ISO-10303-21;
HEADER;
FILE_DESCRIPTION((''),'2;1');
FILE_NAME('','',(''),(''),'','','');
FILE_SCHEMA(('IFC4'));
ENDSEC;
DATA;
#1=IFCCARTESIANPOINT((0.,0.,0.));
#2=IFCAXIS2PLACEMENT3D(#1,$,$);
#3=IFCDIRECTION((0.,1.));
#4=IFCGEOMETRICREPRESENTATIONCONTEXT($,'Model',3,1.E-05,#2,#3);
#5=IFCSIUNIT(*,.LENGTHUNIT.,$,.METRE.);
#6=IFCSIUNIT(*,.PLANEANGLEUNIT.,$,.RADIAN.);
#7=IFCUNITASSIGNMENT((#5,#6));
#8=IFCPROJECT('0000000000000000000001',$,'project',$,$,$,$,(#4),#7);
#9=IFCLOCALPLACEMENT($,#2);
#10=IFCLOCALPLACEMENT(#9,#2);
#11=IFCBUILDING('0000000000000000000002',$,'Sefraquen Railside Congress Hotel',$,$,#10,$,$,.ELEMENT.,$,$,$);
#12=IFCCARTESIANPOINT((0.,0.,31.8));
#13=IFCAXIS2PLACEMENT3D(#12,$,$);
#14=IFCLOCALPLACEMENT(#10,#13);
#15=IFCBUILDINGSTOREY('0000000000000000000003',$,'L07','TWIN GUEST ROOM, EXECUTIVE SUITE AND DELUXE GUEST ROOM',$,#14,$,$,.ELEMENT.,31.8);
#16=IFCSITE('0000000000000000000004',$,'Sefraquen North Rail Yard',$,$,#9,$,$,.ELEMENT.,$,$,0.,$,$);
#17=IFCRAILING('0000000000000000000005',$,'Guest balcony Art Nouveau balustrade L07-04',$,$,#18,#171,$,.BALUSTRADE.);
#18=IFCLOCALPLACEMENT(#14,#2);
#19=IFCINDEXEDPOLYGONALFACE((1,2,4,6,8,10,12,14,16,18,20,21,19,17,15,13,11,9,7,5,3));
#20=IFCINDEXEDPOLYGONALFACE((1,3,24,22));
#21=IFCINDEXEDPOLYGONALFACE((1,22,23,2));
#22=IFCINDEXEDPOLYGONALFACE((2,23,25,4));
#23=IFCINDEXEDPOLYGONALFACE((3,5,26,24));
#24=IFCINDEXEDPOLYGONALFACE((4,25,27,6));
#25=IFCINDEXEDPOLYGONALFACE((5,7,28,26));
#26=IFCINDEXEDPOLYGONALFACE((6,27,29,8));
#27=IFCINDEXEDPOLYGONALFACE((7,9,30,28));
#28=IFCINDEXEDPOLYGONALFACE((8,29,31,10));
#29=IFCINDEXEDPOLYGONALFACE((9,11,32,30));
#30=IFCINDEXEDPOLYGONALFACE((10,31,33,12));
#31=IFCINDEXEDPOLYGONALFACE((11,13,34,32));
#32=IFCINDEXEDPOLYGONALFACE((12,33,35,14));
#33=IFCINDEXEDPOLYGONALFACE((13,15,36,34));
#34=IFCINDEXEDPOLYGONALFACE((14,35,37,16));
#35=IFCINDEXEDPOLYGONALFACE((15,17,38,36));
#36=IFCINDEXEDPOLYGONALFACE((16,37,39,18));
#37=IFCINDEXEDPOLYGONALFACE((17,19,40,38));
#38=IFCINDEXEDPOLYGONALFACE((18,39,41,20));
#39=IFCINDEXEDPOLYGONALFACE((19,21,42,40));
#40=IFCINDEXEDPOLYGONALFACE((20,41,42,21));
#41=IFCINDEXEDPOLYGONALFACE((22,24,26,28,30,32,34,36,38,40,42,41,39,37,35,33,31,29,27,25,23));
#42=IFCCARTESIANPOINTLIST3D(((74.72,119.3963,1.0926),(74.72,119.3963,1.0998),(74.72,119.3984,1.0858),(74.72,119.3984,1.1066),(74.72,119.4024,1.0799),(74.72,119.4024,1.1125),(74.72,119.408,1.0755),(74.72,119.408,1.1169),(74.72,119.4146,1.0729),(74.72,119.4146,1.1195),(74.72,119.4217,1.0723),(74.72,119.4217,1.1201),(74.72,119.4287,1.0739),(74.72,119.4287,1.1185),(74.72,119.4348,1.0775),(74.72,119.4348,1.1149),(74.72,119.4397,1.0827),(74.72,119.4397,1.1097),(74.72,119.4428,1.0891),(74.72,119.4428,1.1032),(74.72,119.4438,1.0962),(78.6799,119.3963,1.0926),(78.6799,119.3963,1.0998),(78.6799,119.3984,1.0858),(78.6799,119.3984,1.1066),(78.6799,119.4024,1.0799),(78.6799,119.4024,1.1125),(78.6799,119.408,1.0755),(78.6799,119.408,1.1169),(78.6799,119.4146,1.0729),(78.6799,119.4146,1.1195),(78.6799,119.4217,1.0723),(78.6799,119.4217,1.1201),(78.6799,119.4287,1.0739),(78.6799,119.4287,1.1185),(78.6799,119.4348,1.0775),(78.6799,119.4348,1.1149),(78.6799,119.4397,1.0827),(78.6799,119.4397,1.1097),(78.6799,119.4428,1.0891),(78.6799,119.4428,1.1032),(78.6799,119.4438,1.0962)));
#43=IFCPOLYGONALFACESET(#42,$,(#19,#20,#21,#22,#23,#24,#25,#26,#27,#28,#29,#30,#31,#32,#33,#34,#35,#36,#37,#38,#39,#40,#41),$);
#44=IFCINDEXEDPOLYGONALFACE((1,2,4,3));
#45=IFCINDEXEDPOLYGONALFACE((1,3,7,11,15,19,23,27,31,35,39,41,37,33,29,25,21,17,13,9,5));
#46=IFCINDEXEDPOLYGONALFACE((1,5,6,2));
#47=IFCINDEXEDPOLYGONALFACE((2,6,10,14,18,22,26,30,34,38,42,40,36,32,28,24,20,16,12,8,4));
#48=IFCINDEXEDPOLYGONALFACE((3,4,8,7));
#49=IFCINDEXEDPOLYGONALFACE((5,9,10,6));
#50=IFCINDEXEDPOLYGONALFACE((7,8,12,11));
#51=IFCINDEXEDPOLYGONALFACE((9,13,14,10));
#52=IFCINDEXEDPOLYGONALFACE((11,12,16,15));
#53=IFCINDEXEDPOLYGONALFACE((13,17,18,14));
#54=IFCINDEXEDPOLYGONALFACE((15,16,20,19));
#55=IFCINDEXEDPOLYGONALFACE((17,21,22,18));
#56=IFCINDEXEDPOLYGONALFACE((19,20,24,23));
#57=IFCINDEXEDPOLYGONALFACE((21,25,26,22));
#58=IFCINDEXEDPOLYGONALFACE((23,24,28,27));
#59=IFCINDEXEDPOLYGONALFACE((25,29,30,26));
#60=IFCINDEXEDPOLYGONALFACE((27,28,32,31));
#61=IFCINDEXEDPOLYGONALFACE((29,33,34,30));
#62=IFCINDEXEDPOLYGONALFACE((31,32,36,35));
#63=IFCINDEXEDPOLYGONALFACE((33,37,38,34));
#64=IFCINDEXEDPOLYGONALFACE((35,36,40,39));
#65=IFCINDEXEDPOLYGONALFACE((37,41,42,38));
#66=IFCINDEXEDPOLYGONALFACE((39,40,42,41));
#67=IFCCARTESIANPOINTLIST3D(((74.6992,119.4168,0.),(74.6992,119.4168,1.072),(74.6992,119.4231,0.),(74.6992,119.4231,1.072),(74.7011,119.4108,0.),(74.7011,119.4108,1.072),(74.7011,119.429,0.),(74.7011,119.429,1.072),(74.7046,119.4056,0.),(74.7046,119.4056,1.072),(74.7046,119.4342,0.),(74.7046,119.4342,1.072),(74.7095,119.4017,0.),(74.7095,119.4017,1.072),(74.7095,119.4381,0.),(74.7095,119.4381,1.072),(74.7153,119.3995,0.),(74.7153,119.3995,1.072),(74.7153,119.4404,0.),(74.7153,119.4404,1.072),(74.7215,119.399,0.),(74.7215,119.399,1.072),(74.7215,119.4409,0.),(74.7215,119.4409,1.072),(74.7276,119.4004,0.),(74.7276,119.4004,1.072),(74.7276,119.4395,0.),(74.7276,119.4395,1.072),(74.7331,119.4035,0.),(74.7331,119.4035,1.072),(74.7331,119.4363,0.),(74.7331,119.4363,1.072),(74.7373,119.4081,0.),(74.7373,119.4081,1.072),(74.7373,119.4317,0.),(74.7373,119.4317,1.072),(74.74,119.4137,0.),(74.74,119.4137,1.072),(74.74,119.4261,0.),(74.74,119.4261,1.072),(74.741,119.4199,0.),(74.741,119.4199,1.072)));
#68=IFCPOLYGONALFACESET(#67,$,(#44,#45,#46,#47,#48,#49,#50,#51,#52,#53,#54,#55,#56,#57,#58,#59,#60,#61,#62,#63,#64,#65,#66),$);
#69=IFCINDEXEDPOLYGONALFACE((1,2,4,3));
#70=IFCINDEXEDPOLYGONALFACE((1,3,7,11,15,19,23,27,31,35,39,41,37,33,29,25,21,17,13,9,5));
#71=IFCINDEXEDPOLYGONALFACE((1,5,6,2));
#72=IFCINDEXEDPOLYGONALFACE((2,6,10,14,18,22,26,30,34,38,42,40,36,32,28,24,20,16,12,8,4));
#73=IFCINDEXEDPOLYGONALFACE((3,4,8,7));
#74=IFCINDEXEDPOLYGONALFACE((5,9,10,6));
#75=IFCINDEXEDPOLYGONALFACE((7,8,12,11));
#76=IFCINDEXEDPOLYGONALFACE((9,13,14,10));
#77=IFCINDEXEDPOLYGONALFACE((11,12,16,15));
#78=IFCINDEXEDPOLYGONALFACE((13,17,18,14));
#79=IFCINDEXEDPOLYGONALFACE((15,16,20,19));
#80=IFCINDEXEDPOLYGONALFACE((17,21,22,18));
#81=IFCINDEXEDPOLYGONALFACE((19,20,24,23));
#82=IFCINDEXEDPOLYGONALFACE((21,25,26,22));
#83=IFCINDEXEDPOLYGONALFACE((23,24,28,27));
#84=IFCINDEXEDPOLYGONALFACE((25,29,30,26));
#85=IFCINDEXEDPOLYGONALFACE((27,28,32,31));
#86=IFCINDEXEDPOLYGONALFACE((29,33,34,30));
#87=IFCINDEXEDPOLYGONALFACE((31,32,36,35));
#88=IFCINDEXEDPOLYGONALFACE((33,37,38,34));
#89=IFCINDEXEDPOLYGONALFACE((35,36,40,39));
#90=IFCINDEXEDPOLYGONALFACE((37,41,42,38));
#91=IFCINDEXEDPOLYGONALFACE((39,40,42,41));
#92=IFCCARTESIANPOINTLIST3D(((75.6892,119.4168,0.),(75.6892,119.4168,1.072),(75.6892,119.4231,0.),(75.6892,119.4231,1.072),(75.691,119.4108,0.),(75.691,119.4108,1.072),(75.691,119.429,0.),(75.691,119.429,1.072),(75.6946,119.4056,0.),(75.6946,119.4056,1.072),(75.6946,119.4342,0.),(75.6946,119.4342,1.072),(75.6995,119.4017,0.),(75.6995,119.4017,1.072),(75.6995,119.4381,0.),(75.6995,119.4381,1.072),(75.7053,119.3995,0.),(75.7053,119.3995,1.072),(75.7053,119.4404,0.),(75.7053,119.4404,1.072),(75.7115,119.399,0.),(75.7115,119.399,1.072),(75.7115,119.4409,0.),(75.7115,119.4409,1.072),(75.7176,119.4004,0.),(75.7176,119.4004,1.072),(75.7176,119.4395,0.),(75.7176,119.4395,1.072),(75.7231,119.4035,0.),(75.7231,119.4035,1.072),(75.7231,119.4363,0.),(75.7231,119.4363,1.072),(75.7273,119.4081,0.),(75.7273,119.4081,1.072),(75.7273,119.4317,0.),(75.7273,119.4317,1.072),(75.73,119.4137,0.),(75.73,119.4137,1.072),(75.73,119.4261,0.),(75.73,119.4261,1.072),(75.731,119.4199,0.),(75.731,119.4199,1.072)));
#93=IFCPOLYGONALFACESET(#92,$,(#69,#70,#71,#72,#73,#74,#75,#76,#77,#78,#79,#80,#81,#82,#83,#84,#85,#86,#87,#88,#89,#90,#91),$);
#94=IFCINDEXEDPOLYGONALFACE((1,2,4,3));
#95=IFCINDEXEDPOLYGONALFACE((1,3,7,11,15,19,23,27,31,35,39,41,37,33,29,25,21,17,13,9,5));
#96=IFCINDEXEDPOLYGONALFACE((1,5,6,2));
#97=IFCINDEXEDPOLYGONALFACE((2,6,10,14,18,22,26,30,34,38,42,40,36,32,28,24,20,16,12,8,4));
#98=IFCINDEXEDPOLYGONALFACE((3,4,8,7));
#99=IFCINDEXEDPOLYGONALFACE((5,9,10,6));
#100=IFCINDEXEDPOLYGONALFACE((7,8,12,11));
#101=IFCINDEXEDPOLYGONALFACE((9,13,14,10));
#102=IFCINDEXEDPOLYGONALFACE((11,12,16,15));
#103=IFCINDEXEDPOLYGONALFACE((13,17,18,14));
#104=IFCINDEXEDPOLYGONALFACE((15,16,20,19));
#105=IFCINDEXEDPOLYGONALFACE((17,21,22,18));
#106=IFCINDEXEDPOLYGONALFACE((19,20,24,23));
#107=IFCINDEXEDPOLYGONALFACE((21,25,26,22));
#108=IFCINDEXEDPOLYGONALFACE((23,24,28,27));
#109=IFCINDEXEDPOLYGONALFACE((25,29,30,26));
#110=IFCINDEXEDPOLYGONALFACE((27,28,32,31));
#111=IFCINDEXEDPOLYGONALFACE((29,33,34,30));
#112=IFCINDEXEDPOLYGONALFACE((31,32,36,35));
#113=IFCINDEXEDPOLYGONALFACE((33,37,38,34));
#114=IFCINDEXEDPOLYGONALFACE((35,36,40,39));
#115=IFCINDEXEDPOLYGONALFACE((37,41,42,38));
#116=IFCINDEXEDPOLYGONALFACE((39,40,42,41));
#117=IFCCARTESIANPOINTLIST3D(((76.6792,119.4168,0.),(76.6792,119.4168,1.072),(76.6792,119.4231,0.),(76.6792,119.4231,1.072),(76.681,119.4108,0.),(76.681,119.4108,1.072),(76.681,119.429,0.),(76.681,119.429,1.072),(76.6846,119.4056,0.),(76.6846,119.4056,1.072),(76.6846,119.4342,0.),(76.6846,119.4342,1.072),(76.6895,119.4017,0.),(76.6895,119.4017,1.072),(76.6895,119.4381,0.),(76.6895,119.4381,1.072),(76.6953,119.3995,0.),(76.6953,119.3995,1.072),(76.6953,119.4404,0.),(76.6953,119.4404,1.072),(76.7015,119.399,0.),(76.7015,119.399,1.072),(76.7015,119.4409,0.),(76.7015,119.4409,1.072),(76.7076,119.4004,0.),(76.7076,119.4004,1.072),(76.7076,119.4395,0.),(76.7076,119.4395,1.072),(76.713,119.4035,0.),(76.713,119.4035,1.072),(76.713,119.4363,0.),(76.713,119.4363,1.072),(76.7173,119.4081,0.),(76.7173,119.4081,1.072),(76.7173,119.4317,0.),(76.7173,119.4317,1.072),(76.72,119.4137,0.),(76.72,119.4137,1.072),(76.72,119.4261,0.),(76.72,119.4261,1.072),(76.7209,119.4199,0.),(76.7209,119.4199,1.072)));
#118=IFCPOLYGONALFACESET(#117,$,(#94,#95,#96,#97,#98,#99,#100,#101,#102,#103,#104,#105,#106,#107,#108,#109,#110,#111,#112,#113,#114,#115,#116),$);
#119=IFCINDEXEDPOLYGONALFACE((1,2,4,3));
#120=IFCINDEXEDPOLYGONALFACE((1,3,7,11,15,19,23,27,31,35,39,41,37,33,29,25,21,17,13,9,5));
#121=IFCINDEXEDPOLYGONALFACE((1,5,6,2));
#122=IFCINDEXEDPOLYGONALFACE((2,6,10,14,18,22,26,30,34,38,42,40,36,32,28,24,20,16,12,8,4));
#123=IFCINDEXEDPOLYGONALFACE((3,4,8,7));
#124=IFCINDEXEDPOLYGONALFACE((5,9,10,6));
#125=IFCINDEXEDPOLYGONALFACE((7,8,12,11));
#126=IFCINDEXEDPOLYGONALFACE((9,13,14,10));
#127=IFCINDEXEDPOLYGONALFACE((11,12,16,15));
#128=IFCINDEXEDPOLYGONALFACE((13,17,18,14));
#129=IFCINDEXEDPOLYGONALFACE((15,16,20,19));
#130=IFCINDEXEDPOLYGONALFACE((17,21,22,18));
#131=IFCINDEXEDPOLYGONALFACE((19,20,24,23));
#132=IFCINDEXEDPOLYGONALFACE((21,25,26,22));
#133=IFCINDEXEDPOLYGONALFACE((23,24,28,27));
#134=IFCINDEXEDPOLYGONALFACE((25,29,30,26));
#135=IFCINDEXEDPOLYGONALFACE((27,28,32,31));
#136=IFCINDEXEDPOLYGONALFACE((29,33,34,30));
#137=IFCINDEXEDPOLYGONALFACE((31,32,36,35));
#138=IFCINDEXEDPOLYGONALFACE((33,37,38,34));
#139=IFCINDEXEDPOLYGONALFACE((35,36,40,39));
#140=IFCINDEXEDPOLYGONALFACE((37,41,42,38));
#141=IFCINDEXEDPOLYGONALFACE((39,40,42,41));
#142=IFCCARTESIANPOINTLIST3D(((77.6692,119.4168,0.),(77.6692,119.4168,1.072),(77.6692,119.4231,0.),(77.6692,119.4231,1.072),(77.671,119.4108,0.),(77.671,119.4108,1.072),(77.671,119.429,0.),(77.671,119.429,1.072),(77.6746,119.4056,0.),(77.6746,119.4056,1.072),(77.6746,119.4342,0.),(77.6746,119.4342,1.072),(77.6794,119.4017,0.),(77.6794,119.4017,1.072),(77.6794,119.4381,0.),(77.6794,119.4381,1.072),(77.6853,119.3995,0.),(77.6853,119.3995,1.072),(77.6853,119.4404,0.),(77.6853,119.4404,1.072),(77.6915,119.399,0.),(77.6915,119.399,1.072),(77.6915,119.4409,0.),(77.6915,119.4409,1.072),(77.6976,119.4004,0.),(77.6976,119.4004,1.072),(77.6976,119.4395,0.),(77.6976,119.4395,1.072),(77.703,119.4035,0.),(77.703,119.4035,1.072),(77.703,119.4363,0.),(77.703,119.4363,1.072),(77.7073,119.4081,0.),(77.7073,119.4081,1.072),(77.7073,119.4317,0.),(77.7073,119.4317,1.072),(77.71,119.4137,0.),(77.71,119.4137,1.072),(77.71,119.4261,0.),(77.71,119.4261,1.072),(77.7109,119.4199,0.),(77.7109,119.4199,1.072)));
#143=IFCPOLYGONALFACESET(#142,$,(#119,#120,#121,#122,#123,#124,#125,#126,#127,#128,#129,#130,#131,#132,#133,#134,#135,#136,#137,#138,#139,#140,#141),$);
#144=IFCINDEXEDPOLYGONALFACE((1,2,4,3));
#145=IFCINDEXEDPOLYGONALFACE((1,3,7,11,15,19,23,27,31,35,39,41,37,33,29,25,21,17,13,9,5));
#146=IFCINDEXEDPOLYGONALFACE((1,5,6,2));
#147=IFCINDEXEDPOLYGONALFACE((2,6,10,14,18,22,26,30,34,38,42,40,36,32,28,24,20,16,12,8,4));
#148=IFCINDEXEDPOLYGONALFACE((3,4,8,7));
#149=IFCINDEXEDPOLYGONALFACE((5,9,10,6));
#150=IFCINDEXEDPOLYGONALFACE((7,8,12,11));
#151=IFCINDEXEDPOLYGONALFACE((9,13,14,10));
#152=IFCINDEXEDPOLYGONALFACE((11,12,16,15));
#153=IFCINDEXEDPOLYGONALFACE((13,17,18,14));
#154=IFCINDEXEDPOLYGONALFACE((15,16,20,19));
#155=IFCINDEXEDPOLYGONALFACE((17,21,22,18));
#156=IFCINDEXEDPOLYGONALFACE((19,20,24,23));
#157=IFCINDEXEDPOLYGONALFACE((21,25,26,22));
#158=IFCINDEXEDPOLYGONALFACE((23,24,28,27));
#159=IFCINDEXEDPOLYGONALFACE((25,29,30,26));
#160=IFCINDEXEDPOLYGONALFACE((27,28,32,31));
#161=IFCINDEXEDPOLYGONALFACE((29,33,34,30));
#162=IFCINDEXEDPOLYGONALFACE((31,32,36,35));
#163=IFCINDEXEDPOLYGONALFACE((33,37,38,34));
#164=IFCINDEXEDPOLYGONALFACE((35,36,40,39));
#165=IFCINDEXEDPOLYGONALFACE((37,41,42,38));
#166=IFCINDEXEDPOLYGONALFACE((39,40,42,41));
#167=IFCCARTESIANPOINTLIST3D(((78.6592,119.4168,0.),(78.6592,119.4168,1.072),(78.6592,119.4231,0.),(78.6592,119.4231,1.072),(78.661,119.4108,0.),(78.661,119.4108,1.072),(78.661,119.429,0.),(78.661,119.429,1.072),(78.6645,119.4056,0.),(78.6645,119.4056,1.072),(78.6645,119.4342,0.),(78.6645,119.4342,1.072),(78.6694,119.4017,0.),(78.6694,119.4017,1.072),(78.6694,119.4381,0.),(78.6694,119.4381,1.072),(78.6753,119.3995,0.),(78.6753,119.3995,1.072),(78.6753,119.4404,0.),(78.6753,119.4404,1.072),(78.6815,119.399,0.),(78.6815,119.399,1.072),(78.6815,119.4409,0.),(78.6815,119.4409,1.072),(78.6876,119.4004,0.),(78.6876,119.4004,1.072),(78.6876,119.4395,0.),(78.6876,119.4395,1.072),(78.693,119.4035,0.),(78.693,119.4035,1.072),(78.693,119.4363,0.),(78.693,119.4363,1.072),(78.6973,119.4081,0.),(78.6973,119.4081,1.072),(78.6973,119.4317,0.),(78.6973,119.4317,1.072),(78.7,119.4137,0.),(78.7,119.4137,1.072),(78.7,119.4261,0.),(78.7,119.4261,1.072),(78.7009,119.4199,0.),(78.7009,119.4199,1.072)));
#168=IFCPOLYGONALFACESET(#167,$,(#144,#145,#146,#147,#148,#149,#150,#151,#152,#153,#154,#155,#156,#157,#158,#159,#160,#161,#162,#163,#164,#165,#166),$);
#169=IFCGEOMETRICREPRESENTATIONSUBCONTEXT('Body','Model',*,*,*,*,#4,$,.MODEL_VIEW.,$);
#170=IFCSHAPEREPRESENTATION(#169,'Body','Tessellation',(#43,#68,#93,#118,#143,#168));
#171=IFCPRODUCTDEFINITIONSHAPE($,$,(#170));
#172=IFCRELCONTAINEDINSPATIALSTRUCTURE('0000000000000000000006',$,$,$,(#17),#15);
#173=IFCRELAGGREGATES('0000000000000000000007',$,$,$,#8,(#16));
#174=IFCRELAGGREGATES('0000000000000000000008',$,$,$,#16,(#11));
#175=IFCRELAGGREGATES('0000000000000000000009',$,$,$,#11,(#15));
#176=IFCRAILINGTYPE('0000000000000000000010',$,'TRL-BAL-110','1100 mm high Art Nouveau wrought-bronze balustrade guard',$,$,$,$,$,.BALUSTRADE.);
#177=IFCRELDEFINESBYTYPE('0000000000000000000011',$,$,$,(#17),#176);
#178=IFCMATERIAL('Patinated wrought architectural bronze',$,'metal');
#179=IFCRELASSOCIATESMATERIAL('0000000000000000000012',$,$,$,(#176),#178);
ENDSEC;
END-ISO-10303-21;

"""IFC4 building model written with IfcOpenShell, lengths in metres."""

from ifc_helpers import new_model, si_unit, direction, frame, origin, origin_2d, place, context, subcontext, project, spatial, circle, extrude, material, type_object, element, save


model = new_model("IFC4")

# Units and contexts
model_context = context("Model", 3, precision=1e-05, world=origin(), true_north=direction((0.0, 1.0)))
body_context = subcontext(model_context, "Body", "Model", "MODEL_VIEW")
ifc_project = project(units=[si_unit("LENGTHUNIT", "METRE"), si_unit("PLANEANGLEUNIT", "RADIAN")], contexts=[model_context])

# Site, building, storey
site_placement = place(None, origin())
site = spatial("IfcSite", under=ifc_project, at=site_placement, Name="Sefraquen North Rail Yard", CompositionType="ELEMENT", RefElevation=0.0)
building_placement = place(site_placement, origin())
building = spatial("IfcBuilding", under=site, at=building_placement, Name="Sefraquen Railside Congress Hotel", CompositionType="ELEMENT")
storey_placement = place(building_placement, frame((0.0, 0.0, 31.8)))
storey = spatial("IfcBuildingStorey", under=building, at=storey_placement, Name="L07", Description="TWIN GUEST ROOM, EXECUTIVE SUITE AND DELUXE GUEST ROOM", CompositionType="ELEMENT", Elevation=31.8)

# Railing
ifc_material_1 = material(Name="Patinated wrought architectural bronze", Category="metal")
railing_type_1 = type_object("IfcRailingType", Name="TRL-BAL-110", Description="1100 mm high Art Nouveau wrought-bronze balustrade guard", PredefinedType="BALUSTRADE", material=ifc_material_1)
railing_1_placement = place(storey_placement, frame((74.72, 119.4199, 0.0)))
element("IfcRailing", 1, at=railing_1_placement, inside=storey, type_object=railing_type_1, Name="Guest balcony Art Nouveau balustrade L07-04", PredefinedType="BALUSTRADE", context=body_context, shape_type="SweptSolid", body=[
    extrude(circle(Radius=0.0239, at=origin_2d()), frame((0.0, 0.0, 1.0962), z_axis=(1.0, 0.0, 0.0), x_axis=(0.0, 1.0, 0.0)), (0.0, 0.0, 1.0), 3.96),
    extrude(circle(Radius=0.021, at=origin_2d()), origin(), (0.0, 0.0, 1.0), 1.072),
    extrude(circle(Radius=0.021, at=origin_2d()), frame((0.99, 0.0, 0.0)), (0.0, 0.0, 1.0), 1.072),
    extrude(circle(Radius=0.021, at=origin_2d()), frame((1.98, 0.0, 0.0)), (0.0, 0.0, 1.0), 1.072),
    extrude(circle(Radius=0.021, at=origin_2d()), frame((2.97, 0.0, 0.0)), (0.0, 0.0, 1.0), 1.072),
    extrude(circle(Radius=0.021, at=origin_2d()), frame((3.96, 0.0, 0.0)), (0.0, 0.0, 1.0), 1.072),
])

save(model, "model.ifc")
